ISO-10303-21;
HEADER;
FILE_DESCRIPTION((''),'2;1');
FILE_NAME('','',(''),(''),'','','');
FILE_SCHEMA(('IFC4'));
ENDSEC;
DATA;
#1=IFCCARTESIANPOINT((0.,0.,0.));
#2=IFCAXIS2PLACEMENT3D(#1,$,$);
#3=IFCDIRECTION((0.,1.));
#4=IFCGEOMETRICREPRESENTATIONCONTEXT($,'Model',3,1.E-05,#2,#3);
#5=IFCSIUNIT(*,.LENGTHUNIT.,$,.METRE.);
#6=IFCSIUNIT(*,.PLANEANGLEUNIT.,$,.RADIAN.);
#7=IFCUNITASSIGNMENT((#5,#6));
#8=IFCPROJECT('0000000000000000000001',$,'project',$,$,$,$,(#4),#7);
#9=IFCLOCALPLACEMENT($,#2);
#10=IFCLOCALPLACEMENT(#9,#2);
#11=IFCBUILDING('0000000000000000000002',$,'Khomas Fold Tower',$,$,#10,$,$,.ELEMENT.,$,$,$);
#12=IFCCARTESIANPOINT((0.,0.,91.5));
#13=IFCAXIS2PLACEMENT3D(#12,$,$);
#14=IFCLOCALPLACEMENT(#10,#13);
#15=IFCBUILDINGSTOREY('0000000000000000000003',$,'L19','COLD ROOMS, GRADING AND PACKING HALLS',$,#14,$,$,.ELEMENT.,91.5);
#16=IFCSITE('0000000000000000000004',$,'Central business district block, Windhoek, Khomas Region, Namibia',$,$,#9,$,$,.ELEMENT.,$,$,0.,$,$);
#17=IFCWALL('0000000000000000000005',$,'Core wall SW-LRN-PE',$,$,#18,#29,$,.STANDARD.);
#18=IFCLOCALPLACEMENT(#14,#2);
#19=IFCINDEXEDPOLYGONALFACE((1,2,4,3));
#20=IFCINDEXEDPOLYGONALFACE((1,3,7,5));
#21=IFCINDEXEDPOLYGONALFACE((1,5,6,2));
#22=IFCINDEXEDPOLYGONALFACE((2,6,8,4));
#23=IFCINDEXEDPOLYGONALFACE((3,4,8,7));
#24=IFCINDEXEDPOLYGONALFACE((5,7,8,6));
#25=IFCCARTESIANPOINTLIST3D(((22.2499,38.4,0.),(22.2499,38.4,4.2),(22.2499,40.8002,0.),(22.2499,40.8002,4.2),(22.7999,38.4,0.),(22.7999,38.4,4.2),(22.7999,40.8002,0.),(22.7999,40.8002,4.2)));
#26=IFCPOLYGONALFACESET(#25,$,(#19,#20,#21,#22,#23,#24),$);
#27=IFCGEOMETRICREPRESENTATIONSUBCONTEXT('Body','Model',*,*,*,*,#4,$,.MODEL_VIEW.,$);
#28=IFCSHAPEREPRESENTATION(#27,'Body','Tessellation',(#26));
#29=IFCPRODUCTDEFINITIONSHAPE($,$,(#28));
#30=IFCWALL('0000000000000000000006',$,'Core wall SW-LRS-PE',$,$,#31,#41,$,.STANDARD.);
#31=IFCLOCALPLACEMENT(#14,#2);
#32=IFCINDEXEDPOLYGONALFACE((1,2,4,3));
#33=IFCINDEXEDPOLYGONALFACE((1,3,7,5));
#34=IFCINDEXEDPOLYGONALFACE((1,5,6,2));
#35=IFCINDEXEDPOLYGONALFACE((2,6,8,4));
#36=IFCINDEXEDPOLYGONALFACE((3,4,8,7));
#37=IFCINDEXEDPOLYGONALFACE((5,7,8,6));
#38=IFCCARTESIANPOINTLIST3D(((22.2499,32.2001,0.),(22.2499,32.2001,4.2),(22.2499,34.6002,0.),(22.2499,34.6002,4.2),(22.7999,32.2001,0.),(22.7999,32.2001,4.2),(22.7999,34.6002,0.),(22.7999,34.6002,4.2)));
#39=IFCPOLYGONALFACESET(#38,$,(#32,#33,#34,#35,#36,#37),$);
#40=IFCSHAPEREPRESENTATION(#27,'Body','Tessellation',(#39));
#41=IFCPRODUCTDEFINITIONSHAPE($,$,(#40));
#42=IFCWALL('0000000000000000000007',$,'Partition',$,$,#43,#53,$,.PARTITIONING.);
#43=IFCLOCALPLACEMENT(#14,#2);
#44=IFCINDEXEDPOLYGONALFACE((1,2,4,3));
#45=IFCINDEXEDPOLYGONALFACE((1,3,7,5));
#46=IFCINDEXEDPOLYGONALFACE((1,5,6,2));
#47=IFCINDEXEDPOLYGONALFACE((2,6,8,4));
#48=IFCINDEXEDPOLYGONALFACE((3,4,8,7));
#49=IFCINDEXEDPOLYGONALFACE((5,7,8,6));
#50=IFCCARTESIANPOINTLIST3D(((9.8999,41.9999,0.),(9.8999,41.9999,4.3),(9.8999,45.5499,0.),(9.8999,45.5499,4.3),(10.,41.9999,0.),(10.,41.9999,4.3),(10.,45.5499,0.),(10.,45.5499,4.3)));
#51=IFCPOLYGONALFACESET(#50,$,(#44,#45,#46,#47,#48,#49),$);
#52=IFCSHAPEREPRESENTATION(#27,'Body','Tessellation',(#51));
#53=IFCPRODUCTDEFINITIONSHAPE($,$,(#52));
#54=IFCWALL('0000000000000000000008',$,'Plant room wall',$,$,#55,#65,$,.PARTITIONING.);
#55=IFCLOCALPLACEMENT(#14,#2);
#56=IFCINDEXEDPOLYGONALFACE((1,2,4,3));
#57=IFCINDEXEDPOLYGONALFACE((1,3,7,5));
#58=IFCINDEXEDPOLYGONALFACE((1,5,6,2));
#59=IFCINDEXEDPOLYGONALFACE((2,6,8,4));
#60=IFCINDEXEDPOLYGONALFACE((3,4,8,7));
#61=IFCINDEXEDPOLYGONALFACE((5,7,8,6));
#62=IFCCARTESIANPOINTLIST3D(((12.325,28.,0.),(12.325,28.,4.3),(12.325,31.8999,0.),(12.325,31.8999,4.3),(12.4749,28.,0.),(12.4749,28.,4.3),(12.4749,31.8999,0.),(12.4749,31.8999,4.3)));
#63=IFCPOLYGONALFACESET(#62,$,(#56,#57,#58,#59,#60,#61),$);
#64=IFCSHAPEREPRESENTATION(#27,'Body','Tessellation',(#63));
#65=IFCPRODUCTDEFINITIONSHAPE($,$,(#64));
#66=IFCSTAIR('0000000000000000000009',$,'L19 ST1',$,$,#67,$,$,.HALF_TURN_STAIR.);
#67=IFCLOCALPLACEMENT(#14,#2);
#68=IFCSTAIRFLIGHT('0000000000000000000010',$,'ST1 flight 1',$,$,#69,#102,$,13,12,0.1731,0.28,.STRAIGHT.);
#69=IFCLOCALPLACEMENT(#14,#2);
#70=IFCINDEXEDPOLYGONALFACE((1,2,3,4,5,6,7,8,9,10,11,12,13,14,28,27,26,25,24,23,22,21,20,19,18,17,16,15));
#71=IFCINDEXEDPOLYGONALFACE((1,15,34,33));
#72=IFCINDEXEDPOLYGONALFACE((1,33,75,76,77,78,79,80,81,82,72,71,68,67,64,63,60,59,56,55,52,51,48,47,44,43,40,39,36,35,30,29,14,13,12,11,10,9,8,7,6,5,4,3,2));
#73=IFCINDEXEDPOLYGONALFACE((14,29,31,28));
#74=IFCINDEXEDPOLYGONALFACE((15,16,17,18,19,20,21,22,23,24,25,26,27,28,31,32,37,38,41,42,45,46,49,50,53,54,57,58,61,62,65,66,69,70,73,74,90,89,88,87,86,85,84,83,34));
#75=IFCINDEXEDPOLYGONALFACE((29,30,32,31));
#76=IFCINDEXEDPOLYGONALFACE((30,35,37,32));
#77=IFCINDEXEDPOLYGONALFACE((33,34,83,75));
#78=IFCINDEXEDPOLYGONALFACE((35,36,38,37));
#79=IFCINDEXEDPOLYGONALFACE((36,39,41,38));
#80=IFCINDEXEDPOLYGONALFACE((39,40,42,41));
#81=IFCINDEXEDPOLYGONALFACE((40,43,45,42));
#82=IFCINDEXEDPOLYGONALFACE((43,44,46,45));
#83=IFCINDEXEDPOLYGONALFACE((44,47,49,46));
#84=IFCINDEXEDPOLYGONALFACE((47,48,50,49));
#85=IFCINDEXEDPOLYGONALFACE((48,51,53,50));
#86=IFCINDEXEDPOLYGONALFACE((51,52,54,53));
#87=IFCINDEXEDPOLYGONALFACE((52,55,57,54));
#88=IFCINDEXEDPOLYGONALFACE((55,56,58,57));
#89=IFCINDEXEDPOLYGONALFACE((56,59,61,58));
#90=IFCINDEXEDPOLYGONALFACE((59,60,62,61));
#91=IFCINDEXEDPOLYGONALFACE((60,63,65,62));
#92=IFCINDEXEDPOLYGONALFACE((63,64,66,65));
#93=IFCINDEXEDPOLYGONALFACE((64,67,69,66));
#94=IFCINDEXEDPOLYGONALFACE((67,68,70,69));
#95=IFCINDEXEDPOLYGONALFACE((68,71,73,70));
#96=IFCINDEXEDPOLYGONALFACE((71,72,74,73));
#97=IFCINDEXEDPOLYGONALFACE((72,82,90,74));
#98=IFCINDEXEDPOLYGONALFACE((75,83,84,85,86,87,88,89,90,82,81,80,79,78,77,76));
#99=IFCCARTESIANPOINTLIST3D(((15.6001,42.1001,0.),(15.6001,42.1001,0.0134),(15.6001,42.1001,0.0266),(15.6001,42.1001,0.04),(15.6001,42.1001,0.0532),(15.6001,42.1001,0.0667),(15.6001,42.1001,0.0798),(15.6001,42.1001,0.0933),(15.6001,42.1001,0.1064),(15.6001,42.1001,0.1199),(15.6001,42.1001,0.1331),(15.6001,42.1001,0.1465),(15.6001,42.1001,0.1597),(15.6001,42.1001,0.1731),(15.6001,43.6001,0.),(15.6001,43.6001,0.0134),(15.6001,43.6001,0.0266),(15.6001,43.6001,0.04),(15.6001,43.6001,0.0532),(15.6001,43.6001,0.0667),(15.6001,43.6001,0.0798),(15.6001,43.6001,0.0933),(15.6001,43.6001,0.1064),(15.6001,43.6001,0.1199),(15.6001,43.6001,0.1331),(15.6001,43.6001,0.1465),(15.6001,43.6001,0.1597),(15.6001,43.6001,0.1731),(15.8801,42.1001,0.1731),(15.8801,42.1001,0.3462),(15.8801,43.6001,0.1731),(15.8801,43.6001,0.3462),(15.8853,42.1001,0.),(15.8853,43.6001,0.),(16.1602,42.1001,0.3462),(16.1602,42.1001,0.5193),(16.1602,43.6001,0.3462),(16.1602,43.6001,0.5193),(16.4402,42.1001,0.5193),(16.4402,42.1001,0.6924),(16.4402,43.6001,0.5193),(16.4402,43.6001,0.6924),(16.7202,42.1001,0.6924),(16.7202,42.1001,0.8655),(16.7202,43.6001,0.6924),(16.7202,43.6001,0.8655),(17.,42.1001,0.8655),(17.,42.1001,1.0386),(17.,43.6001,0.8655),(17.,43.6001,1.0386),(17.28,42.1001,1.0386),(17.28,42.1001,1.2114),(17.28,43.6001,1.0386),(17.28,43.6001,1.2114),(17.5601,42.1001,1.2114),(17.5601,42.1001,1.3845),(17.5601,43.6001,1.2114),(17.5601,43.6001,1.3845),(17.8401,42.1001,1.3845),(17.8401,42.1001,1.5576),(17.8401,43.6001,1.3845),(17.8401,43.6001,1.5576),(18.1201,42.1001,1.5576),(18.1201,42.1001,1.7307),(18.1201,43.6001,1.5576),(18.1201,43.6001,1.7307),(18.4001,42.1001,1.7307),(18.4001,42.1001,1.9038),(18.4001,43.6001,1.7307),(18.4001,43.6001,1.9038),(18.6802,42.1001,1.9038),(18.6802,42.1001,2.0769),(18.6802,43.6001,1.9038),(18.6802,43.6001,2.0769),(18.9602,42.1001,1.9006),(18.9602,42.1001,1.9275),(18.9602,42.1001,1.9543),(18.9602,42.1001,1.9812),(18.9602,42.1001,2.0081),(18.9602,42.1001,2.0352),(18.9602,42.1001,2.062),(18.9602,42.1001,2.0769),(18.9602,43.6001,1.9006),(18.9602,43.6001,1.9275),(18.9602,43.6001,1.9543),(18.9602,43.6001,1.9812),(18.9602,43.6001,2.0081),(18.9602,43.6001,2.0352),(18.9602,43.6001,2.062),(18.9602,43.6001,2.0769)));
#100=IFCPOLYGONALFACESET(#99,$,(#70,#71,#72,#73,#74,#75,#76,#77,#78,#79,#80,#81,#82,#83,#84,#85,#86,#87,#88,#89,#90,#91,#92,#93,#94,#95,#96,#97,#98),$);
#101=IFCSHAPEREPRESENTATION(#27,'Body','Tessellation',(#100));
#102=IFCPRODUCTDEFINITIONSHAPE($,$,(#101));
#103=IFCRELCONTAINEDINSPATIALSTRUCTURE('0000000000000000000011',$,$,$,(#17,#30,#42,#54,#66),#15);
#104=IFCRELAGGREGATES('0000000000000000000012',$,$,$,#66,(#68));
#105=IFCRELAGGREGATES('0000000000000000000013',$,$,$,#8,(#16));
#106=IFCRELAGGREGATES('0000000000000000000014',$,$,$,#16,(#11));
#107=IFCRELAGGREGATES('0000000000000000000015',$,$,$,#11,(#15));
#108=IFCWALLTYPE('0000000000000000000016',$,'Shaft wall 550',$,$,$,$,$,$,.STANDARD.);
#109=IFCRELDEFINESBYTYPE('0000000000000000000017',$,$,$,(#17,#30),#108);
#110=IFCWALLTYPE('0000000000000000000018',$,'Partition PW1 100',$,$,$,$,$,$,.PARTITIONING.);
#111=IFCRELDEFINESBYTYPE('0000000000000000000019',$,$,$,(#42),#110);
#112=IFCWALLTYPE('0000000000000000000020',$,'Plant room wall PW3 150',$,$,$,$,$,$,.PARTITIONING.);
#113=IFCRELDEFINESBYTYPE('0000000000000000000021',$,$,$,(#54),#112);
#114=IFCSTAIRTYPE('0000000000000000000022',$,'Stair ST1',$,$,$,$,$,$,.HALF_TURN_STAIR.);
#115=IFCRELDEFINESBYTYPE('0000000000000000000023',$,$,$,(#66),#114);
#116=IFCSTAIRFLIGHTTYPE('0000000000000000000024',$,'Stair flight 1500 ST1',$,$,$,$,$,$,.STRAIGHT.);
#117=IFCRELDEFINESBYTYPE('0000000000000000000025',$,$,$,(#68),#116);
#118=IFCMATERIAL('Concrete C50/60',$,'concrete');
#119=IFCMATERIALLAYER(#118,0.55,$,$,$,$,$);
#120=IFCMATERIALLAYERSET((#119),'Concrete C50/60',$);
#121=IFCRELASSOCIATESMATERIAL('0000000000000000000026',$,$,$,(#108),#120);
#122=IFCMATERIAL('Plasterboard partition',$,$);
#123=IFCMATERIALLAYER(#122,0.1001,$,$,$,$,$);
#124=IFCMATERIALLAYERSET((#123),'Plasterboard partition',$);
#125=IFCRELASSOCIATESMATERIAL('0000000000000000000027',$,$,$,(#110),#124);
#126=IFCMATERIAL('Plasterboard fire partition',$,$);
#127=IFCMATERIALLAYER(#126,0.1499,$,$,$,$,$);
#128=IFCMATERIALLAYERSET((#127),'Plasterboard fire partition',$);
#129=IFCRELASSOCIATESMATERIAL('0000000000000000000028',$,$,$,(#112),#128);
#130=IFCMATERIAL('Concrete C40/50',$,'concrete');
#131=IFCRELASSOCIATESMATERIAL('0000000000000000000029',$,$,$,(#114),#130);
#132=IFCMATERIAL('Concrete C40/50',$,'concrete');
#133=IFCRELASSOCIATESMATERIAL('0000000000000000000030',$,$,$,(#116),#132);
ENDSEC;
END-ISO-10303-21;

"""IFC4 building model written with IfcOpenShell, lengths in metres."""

from ifc_helpers import new_model, si_unit, direction, frame, frame_2d, origin, place, context, subcontext, project, spatial, polyline, rectangle, outline, extrude, source, transform, mapped, material, layer, layer_set, type_object, element, aggregate, save


model = new_model("IFC4")

# Units and contexts
model_context = context("Model", 3, precision=1e-05, world=origin(), true_north=direction((0.0, 1.0)))
body_context = subcontext(model_context, "Body", "Model", "MODEL_VIEW")
ifc_project = project(units=[si_unit("LENGTHUNIT", "METRE"), si_unit("PLANEANGLEUNIT", "RADIAN")], contexts=[model_context])

# Site, building, storey
site_placement = place(None, origin())
site = spatial("IfcSite", under=ifc_project, at=site_placement, Name="Central business district block, Windhoek, Khomas Region, Namibia", CompositionType="ELEMENT", RefElevation=0.0)
building_placement = place(site_placement, origin())
building = spatial("IfcBuilding", under=site, at=building_placement, Name="Khomas Fold Tower", CompositionType="ELEMENT")
storey_placement = place(building_placement, frame((0.0, 0.0, 91.5)))
storey = spatial("IfcBuildingStorey", under=building, at=storey_placement, Name="L19", Description="COLD ROOMS, GRADING AND PACKING HALLS", CompositionType="ELEMENT", Elevation=91.5)

# Walls
ifc_material_1 = material(Name="Concrete C50/60", Category="concrete")
ifc_layer_1 = layer(ifc_material_1, 0.55)
ifc_layer_set_1 = layer_set([ifc_layer_1], Name="Concrete C50/60")
wall_type_1 = type_object("IfcWallType", Name="Shaft wall 550", PredefinedType="STANDARD", material=ifc_layer_set_1)
shared_shape_1 = source(origin(), body_context, "Body", "SweptSolid", [
    extrude(rectangle(XDim=2.4001, YDim=0.55, at=frame_2d((1.2002, 0.0))), origin(), (0.0, 0.0, 1.0), 4.2),
])
for number, where, z_axis, x_axis, name in (
    (1, (22.5249, 38.3999, 0.0), (0.0, 0.0, 1.0), (0.0, 1.0, 0.0), "Core wall SW-LRN-PE"),
    (2, (22.5249, 32.2, 0.0), (0.0, 0.0, 1.0), (0.0, 1.0, 0.0), "Core wall SW-LRS-PE"),
):
    element("IfcWall", number, at=place(storey_placement, frame(where, z_axis=z_axis, x_axis=x_axis)), inside=storey, type_object=wall_type_1, Name=name, PredefinedType="STANDARD", context=body_context, shape_type="MappedRepresentation", body=[
        mapped(shared_shape_1, transform((0.0, 0.0, 0.0))),
    ])
ifc_material_2 = material(Name="Plasterboard partition")
ifc_layer_2 = layer(ifc_material_2, 0.1001)
ifc_layer_set_2 = layer_set([ifc_layer_2], Name="Plasterboard partition")
wall_type_2 = type_object("IfcWallType", Name="Partition PW1 100", PredefinedType="PARTITIONING", material=ifc_layer_set_2)
shared_shape_2 = source(origin(), body_context, "Body", "SweptSolid", [
    extrude(rectangle(XDim=3.55, YDim=0.1001, at=frame_2d((1.7749, 0.0))), origin(), (0.0, 0.0, 1.0), 4.3),
])
wall_1_placement = place(storey_placement, frame((9.95, 42.0, 0.0), z_axis=(0.0, 0.0, 1.0), x_axis=(0.0, 1.0, 0.0)))
element("IfcWall", 3, at=wall_1_placement, inside=storey, type_object=wall_type_2, Name="Partition", PredefinedType="PARTITIONING", context=body_context, shape_type="MappedRepresentation", body=[
    mapped(shared_shape_2, transform((0.0, 0.0, 0.0))),
])
ifc_material_3 = material(Name="Plasterboard fire partition")
ifc_layer_3 = layer(ifc_material_3, 0.1499)
ifc_layer_set_3 = layer_set([ifc_layer_3], Name="Plasterboard fire partition")
wall_type_3 = type_object("IfcWallType", Name="Plant room wall PW3 150", PredefinedType="PARTITIONING", material=ifc_layer_set_3)
shared_shape_3 = source(origin(), body_context, "Body", "SweptSolid", [
    extrude(rectangle(XDim=3.8999, YDim=0.1499, at=frame_2d((1.95, 0.0))), origin(), (0.0, 0.0, 1.0), 4.3),
])
wall_2_placement = place(storey_placement, frame((12.3999, 28.0, 0.0), z_axis=(0.0, 0.0, 1.0), x_axis=(0.0, 1.0, 0.0)))
element("IfcWall", 4, at=wall_2_placement, inside=storey, type_object=wall_type_3, Name="Plant room wall", PredefinedType="PARTITIONING", context=body_context, shape_type="MappedRepresentation", body=[
    mapped(shared_shape_3, transform((0.0, 0.0, 0.0))),
])

# Stair, stair flight
ifc_material_4 = material(Name="Concrete C40/50", Category="concrete")
stair_type = type_object("IfcStairType", Name="Stair ST1", PredefinedType="HALF_TURN_STAIR", material=ifc_material_4)
stair_placement = place(storey_placement, origin())
stair = element("IfcStair", 5, at=stair_placement, inside=storey, type_object=stair_type, Name="L19 ST1", PredefinedType="HALF_TURN_STAIR")
ifc_material_5 = material(Name="Concrete C40/50", Category="concrete")
stair_flight_type = type_object("IfcStairFlightType", Name="Stair flight 1500 ST1", PredefinedType="STRAIGHT", material=ifc_material_5)
shared_shape_4 = source(origin(), body_context, "Body", "SweptSolid", [
    extrude(outline(polyline([(0.0, 0.0), (0.0, 0.0134), (0.0, 0.0266), (0.0, 0.04), (0.0, 0.0532), (0.0, 0.0667), (0.0, 0.0798), (0.0, 0.0933), (0.0, 0.1064), (0.0, 0.1199), (0.0, 0.1331), (0.0, 0.1465), (0.0, 0.1597), (0.0, 0.1731), (0.28, 0.1731), (0.28, 0.3462), (0.5601, 0.3462), (0.5601, 0.5193), (0.8401, 0.5193), (0.8401, 0.6924), (1.1201, 0.6924), (1.1201, 0.8655), (1.3999, 0.8655), (1.3999, 1.0386), (1.6799, 1.0386), (1.6799, 1.2114), (1.96, 1.2114), (1.96, 1.3845), (2.24, 1.3845), (2.24, 1.5576), (2.52, 1.5576), (2.52, 1.7307), (2.8, 1.7307), (2.8, 1.9038), (3.0801, 1.9038), (3.0801, 2.0769), (3.3601, 2.0769), (3.3601, 2.25), (3.3601, 2.2231), (3.3601, 2.1963), (3.3601, 2.1694), (3.3601, 2.1426), (3.3601, 2.1157), (3.3601, 2.0889), (3.3601, 2.062), (3.3601, 2.0352), (3.3601, 2.0081), (3.3601, 1.9812), (3.3601, 1.9543), (3.3601, 1.9275), (3.3601, 1.9006), (0.2852, 0.0), (0.0, 0.0)])), frame((0.0, 0.75, 0.0), z_axis=(0.0, -1.0, 0.0), x_axis=(1.0, 0.0, 0.0)), (0.0, 0.0, 1.0), 1.5),
])
stair_flight_placement = place(storey_placement, frame((15.6001, 42.8501, 0.0), z_axis=(0.0, 0.0, 1.0), x_axis=(1.0, 0.0, 0.0)))
stair_flight = element("IfcStairFlight", 6, at=stair_flight_placement, type_object=stair_flight_type, Name="ST1 flight 1", NumberOfRisers=13, NumberOfTreads=12, PredefinedType="STRAIGHT", RiserHeight=0.1731, TreadLength=0.28, context=body_context, shape_type="MappedRepresentation", body=[
    mapped(shared_shape_4, transform((0.0, 0.0, 0.0))),
])
aggregate(stair, [stair_flight])

save(model, "model.ifc")
